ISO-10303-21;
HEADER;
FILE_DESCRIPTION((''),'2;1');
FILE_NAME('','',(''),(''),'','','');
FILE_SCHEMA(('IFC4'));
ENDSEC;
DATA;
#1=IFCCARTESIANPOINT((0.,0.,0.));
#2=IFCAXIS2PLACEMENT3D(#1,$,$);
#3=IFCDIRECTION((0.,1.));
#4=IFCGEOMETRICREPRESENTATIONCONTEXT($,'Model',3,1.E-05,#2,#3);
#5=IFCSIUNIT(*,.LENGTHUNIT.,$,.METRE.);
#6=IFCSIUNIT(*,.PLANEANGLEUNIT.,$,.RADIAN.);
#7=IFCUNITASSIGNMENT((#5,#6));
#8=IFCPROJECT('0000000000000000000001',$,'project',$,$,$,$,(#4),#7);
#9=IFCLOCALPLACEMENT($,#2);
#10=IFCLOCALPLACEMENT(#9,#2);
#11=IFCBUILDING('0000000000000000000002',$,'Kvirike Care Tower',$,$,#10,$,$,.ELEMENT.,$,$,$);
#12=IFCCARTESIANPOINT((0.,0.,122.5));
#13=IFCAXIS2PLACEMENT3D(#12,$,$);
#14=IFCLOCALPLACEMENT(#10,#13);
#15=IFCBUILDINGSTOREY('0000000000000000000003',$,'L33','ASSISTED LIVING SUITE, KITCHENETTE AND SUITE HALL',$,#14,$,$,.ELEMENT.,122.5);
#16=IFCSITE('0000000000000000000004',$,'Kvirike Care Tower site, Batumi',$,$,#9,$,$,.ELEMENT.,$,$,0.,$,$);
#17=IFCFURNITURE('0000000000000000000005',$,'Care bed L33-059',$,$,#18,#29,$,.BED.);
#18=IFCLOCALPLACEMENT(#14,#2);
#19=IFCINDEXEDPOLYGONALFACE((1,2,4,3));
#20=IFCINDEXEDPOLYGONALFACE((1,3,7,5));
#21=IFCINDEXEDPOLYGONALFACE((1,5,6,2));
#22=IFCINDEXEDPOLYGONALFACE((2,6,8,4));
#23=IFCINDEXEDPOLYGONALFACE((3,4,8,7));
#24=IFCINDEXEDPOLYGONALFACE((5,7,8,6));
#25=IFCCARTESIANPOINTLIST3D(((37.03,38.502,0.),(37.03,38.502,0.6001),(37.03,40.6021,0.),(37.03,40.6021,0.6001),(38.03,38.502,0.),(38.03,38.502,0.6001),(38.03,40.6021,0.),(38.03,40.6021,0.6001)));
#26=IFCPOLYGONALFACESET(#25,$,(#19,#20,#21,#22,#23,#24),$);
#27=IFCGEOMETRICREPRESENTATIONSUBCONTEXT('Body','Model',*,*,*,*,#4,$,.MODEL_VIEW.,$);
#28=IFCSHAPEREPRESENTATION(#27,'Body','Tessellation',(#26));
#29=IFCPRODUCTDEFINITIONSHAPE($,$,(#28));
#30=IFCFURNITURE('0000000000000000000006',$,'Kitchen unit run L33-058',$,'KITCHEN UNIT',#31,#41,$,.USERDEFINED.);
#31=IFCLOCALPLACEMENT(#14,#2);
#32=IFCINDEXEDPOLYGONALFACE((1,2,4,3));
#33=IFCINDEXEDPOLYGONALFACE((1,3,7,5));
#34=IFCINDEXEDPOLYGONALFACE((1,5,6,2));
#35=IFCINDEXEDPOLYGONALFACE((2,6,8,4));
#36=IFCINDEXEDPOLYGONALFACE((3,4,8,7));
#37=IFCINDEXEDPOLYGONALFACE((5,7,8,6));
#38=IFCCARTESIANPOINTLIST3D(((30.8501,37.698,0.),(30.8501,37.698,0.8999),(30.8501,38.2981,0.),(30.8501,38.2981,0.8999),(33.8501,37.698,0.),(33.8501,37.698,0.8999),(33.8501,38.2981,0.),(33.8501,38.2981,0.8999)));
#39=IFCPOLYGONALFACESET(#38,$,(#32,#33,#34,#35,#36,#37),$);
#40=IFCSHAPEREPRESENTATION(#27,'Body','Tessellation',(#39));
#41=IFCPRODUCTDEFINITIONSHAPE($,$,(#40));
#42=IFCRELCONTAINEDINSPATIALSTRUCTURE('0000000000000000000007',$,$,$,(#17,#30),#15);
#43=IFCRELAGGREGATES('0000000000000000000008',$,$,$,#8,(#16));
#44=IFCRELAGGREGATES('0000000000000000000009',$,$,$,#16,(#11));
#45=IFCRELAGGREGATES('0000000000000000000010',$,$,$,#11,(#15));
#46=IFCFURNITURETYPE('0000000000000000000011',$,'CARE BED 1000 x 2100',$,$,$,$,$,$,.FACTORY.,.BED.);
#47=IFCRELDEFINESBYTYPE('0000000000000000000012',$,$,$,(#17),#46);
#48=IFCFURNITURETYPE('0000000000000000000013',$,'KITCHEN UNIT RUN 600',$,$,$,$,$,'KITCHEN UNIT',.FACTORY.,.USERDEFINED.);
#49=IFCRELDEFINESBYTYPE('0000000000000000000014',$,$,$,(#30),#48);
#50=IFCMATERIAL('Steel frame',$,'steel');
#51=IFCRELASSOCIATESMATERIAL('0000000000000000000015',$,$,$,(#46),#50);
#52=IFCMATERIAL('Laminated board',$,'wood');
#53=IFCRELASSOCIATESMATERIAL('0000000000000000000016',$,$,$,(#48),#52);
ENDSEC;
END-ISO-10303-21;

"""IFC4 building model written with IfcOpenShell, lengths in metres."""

from ifc_helpers import new_model, si_unit, direction, frame, origin, origin_2d, place, context, subcontext, project, spatial, rectangle, extrude, material, type_object, element, save


model = new_model("IFC4")

# Units and contexts
model_context = context("Model", 3, precision=1e-05, world=origin(), true_north=direction((0.0, 1.0)))
body_context = subcontext(model_context, "Body", "Model", "MODEL_VIEW")
ifc_project = project(units=[si_unit("LENGTHUNIT", "METRE"), si_unit("PLANEANGLEUNIT", "RADIAN")], contexts=[model_context])

# Site, building, storey
site_placement = place(None, origin())
site = spatial("IfcSite", under=ifc_project, at=site_placement, Name="Kvirike Care Tower site, Batumi", CompositionType="ELEMENT", RefElevation=0.0)
building_placement = place(site_placement, origin())
building = spatial("IfcBuilding", under=site, at=building_placement, Name="Kvirike Care Tower", CompositionType="ELEMENT")
storey_placement = place(building_placement, frame((0.0, 0.0, 122.5)))
storey = spatial("IfcBuildingStorey", under=building, at=storey_placement, Name="L33", Description="ASSISTED LIVING SUITE, KITCHENETTE AND SUITE HALL", CompositionType="ELEMENT", Elevation=122.5)

# Furniture
ifc_material_1 = material(Name="Steel frame", Category="steel")
furniture_type_1 = type_object("IfcFurnitureType", Name="CARE BED 1000 x 2100", AssemblyPlace="FACTORY", PredefinedType="BED", material=ifc_material_1)
furniture_1_placement = place(storey_placement, frame((37.53, 39.552, 0.0), z_axis=(0.0, 0.0, 1.0), x_axis=(-1.0, 0.0, 0.0)))
element("IfcFurniture", 1, at=furniture_1_placement, inside=storey, type_object=furniture_type_1, Name="Care bed L33-059", PredefinedType="BED", context=body_context, shape_type="SweptSolid", body=[
    extrude(rectangle(XDim=1.0, YDim=2.1001, at=origin_2d()), origin(), (0.0, 0.0, 1.0), 0.6001),
])
ifc_material_2 = material(Name="Laminated board", Category="wood")
furniture_type_2 = type_object("IfcFurnitureType", Name="KITCHEN UNIT RUN 600", ElementType="KITCHEN UNIT", AssemblyPlace="FACTORY", PredefinedType="USERDEFINED", material=ifc_material_2)
furniture_2_placement = place(storey_placement, frame((32.3501, 37.998, 0.0), z_axis=(0.0, 0.0, 1.0), x_axis=(1.0, 0.0, 0.0)))
element("IfcFurniture", 2, at=furniture_2_placement, inside=storey, type_object=furniture_type_2, Name="Kitchen unit run L33-058", ObjectType="KITCHEN UNIT", PredefinedType="USERDEFINED", context=body_context, shape_type="SweptSolid", body=[
    extrude(rectangle(XDim=3.0, YDim=0.6001, at=origin_2d()), origin(), (0.0, 0.0, 1.0), 0.8999),
])

save(model, "model.ifc")
